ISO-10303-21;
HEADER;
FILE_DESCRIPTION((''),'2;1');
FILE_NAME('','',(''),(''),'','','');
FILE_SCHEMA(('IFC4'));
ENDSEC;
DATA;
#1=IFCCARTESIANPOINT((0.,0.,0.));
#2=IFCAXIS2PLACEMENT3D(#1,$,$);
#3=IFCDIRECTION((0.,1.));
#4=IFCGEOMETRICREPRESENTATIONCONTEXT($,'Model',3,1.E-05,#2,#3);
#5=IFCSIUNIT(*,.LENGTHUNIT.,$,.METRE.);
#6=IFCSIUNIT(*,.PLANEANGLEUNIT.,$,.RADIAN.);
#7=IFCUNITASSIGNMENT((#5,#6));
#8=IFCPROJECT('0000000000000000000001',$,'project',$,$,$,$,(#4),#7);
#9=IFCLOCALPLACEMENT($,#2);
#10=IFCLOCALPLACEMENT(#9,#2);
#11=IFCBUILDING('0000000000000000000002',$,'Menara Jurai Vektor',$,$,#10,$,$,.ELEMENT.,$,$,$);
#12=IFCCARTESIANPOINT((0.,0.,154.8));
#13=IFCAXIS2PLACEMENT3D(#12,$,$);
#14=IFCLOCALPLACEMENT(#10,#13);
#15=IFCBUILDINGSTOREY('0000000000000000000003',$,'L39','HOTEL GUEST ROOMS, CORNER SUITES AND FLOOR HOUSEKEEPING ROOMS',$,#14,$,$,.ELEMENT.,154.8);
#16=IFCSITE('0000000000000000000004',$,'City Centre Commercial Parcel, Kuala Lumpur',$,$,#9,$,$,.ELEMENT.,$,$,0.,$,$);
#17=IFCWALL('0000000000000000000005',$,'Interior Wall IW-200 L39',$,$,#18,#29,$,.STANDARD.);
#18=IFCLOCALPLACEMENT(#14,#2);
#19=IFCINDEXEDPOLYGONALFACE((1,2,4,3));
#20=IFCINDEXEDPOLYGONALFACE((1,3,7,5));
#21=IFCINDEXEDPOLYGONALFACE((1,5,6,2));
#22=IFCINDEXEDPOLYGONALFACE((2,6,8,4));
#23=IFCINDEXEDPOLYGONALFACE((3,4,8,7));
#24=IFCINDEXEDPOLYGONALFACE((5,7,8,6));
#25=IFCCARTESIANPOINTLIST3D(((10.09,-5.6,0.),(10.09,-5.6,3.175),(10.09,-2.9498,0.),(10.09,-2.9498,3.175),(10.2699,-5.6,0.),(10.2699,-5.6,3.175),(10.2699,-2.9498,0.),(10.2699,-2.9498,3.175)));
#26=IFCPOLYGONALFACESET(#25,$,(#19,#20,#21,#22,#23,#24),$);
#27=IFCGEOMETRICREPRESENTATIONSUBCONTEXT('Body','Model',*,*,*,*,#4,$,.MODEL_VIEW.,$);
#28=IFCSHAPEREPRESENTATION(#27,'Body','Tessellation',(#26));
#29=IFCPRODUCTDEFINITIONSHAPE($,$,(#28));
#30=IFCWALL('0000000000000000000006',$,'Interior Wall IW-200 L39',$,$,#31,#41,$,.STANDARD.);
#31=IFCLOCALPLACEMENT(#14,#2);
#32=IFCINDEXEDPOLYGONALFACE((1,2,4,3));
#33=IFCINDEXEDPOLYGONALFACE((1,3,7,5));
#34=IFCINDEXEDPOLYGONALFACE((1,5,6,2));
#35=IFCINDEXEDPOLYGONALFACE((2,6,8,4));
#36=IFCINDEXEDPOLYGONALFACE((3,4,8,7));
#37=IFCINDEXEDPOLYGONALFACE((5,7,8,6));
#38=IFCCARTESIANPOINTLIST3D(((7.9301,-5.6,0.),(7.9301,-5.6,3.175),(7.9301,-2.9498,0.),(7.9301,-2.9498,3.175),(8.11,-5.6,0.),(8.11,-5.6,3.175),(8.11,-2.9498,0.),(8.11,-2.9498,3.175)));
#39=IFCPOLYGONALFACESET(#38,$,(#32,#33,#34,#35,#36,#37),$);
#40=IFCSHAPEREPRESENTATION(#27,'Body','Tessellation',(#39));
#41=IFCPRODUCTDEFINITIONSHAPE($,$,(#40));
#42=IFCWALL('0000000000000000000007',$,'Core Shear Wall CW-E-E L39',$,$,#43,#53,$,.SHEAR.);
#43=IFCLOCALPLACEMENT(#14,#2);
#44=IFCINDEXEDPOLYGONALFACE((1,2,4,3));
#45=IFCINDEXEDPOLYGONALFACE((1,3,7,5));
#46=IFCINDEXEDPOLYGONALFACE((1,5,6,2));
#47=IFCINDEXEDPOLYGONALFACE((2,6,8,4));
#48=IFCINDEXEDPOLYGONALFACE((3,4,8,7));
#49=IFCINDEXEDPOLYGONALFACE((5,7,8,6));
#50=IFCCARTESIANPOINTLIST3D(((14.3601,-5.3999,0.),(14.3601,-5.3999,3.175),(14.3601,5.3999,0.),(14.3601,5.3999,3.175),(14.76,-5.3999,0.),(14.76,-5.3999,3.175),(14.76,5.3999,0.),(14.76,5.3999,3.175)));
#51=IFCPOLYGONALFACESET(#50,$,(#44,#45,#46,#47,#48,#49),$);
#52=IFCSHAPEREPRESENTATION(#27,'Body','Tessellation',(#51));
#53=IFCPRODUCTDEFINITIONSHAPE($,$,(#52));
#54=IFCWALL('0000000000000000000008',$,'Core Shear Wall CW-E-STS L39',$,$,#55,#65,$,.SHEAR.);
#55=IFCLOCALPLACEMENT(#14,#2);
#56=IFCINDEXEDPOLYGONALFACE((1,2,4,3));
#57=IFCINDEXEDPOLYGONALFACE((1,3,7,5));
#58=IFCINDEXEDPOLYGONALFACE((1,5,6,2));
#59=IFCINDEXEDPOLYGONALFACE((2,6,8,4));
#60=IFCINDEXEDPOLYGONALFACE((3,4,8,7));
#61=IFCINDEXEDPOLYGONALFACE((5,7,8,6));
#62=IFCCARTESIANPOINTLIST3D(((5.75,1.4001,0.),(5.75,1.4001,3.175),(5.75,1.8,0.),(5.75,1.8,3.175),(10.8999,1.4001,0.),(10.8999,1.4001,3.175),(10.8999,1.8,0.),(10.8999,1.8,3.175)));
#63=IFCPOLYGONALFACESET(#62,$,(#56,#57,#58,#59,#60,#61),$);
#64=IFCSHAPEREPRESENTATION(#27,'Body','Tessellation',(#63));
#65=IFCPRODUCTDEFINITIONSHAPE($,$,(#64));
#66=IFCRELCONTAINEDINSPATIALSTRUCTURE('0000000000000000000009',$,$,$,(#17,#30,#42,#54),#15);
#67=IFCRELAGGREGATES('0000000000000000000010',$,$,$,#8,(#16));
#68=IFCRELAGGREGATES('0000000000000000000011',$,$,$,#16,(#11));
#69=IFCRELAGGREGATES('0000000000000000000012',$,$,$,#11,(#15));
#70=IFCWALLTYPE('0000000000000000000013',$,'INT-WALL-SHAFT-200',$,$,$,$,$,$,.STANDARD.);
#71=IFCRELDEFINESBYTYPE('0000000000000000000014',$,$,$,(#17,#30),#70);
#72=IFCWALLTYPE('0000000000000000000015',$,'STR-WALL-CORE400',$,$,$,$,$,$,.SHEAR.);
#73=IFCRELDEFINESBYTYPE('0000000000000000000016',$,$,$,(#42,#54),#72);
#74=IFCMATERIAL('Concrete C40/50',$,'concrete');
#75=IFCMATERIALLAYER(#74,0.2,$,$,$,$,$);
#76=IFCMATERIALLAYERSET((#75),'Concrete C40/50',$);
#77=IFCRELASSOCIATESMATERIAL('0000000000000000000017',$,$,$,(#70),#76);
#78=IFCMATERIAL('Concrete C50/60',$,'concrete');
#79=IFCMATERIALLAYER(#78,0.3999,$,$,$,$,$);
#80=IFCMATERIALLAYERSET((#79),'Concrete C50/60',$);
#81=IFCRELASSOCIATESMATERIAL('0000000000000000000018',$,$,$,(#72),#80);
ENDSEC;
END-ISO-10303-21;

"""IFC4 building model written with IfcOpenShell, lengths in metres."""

from ifc_helpers import new_model, si_unit, direction, frame, frame_2d, origin, place, context, subcontext, project, spatial, rectangle, extrude, material, layer, layer_set, type_object, element, save


model = new_model("IFC4")

# Units and contexts
model_context = context("Model", 3, precision=1e-05, world=origin(), true_north=direction((0.0, 1.0)))
body_context = subcontext(model_context, "Body", "Model", "MODEL_VIEW")
ifc_project = project(units=[si_unit("LENGTHUNIT", "METRE"), si_unit("PLANEANGLEUNIT", "RADIAN")], contexts=[model_context])

# Site, building, storey
site_placement = place(None, origin())
site = spatial("IfcSite", under=ifc_project, at=site_placement, Name="City Centre Commercial Parcel, Kuala Lumpur", CompositionType="ELEMENT", RefElevation=0.0)
building_placement = place(site_placement, origin())
building = spatial("IfcBuilding", under=site, at=building_placement, Name="Menara Jurai Vektor", CompositionType="ELEMENT")
storey_placement = place(building_placement, frame((0.0, 0.0, 154.8)))
storey = spatial("IfcBuildingStorey", under=building, at=storey_placement, Name="L39", Description="HOTEL GUEST ROOMS, CORNER SUITES AND FLOOR HOUSEKEEPING ROOMS", CompositionType="ELEMENT", Elevation=154.8)

# Shared definitions
ifc_material_1 = material(Name="Concrete C50/60", Category="concrete")

# Shared definitions
ifc_material_2 = material(Name="Concrete C40/50", Category="concrete")

# Shared definitions
ifc_layer_1 = layer(ifc_material_2, 0.2)
ifc_layer_set_1 = layer_set([ifc_layer_1], Name="Concrete C40/50")
wall_type_1 = type_object("IfcWallType", Name="INT-WALL-SHAFT-200", PredefinedType="STANDARD", material=ifc_layer_set_1)

# Walls
for number, where, z_axis, x_axis, name in (
    (1, (10.1799, -5.6001, 0.0), (0.0, 0.0, 1.0), (0.0, 1.0, 0.0), "Interior Wall IW-200 L39"),
    (2, (8.02, -5.6001, 0.0), (0.0, 0.0, 1.0), (0.0, 1.0, 0.0), "Interior Wall IW-200 L39"),
):
    element("IfcWall", number, at=place(storey_placement, frame(where, z_axis=z_axis, x_axis=x_axis)), inside=storey, type_object=wall_type_1, Name=name, PredefinedType="STANDARD", context=body_context, shape_type="SweptSolid", body=[
        extrude(rectangle(XDim=2.6501, YDim=0.1799, at=frame_2d((1.3252, 0.0))), origin(), (0.0, 0.0, 1.0), 3.175),
    ])
ifc_layer_2 = layer(ifc_material_1, 0.3999)
ifc_layer_set_2 = layer_set([ifc_layer_2], Name="Concrete C50/60")
wall_type_2 = type_object("IfcWallType", Name="STR-WALL-CORE400", PredefinedType="SHEAR", material=ifc_layer_set_2)
wall_1_placement = place(storey_placement, frame((14.5601, -5.3999, 0.0), z_axis=(0.0, 0.0, 1.0), x_axis=(0.0, 1.0, 0.0)))
element("IfcWall", 3, at=wall_1_placement, inside=storey, type_object=wall_type_2, Name="Core Shear Wall CW-E-E L39", PredefinedType="SHEAR", context=body_context, shape_type="SweptSolid", body=[
    extrude(rectangle(XDim=10.7998, YDim=0.3999, at=frame_2d((5.3999, 0.0))), origin(), (0.0, 0.0, 1.0), 3.175),
])
wall_2_placement = place(storey_placement, frame((5.75, 1.6001, 0.0), z_axis=(0.0, 0.0, 1.0), x_axis=(1.0, 0.0, 0.0)))
element("IfcWall", 4, at=wall_2_placement, inside=storey, type_object=wall_type_2, Name="Core Shear Wall CW-E-STS L39", PredefinedType="SHEAR", context=body_context, shape_type="SweptSolid", body=[
    extrude(rectangle(XDim=5.1499, YDim=0.3999, at=frame_2d((2.575, 0.0))), origin(), (0.0, 0.0, 1.0), 3.175),
])

save(model, "model.ifc")
